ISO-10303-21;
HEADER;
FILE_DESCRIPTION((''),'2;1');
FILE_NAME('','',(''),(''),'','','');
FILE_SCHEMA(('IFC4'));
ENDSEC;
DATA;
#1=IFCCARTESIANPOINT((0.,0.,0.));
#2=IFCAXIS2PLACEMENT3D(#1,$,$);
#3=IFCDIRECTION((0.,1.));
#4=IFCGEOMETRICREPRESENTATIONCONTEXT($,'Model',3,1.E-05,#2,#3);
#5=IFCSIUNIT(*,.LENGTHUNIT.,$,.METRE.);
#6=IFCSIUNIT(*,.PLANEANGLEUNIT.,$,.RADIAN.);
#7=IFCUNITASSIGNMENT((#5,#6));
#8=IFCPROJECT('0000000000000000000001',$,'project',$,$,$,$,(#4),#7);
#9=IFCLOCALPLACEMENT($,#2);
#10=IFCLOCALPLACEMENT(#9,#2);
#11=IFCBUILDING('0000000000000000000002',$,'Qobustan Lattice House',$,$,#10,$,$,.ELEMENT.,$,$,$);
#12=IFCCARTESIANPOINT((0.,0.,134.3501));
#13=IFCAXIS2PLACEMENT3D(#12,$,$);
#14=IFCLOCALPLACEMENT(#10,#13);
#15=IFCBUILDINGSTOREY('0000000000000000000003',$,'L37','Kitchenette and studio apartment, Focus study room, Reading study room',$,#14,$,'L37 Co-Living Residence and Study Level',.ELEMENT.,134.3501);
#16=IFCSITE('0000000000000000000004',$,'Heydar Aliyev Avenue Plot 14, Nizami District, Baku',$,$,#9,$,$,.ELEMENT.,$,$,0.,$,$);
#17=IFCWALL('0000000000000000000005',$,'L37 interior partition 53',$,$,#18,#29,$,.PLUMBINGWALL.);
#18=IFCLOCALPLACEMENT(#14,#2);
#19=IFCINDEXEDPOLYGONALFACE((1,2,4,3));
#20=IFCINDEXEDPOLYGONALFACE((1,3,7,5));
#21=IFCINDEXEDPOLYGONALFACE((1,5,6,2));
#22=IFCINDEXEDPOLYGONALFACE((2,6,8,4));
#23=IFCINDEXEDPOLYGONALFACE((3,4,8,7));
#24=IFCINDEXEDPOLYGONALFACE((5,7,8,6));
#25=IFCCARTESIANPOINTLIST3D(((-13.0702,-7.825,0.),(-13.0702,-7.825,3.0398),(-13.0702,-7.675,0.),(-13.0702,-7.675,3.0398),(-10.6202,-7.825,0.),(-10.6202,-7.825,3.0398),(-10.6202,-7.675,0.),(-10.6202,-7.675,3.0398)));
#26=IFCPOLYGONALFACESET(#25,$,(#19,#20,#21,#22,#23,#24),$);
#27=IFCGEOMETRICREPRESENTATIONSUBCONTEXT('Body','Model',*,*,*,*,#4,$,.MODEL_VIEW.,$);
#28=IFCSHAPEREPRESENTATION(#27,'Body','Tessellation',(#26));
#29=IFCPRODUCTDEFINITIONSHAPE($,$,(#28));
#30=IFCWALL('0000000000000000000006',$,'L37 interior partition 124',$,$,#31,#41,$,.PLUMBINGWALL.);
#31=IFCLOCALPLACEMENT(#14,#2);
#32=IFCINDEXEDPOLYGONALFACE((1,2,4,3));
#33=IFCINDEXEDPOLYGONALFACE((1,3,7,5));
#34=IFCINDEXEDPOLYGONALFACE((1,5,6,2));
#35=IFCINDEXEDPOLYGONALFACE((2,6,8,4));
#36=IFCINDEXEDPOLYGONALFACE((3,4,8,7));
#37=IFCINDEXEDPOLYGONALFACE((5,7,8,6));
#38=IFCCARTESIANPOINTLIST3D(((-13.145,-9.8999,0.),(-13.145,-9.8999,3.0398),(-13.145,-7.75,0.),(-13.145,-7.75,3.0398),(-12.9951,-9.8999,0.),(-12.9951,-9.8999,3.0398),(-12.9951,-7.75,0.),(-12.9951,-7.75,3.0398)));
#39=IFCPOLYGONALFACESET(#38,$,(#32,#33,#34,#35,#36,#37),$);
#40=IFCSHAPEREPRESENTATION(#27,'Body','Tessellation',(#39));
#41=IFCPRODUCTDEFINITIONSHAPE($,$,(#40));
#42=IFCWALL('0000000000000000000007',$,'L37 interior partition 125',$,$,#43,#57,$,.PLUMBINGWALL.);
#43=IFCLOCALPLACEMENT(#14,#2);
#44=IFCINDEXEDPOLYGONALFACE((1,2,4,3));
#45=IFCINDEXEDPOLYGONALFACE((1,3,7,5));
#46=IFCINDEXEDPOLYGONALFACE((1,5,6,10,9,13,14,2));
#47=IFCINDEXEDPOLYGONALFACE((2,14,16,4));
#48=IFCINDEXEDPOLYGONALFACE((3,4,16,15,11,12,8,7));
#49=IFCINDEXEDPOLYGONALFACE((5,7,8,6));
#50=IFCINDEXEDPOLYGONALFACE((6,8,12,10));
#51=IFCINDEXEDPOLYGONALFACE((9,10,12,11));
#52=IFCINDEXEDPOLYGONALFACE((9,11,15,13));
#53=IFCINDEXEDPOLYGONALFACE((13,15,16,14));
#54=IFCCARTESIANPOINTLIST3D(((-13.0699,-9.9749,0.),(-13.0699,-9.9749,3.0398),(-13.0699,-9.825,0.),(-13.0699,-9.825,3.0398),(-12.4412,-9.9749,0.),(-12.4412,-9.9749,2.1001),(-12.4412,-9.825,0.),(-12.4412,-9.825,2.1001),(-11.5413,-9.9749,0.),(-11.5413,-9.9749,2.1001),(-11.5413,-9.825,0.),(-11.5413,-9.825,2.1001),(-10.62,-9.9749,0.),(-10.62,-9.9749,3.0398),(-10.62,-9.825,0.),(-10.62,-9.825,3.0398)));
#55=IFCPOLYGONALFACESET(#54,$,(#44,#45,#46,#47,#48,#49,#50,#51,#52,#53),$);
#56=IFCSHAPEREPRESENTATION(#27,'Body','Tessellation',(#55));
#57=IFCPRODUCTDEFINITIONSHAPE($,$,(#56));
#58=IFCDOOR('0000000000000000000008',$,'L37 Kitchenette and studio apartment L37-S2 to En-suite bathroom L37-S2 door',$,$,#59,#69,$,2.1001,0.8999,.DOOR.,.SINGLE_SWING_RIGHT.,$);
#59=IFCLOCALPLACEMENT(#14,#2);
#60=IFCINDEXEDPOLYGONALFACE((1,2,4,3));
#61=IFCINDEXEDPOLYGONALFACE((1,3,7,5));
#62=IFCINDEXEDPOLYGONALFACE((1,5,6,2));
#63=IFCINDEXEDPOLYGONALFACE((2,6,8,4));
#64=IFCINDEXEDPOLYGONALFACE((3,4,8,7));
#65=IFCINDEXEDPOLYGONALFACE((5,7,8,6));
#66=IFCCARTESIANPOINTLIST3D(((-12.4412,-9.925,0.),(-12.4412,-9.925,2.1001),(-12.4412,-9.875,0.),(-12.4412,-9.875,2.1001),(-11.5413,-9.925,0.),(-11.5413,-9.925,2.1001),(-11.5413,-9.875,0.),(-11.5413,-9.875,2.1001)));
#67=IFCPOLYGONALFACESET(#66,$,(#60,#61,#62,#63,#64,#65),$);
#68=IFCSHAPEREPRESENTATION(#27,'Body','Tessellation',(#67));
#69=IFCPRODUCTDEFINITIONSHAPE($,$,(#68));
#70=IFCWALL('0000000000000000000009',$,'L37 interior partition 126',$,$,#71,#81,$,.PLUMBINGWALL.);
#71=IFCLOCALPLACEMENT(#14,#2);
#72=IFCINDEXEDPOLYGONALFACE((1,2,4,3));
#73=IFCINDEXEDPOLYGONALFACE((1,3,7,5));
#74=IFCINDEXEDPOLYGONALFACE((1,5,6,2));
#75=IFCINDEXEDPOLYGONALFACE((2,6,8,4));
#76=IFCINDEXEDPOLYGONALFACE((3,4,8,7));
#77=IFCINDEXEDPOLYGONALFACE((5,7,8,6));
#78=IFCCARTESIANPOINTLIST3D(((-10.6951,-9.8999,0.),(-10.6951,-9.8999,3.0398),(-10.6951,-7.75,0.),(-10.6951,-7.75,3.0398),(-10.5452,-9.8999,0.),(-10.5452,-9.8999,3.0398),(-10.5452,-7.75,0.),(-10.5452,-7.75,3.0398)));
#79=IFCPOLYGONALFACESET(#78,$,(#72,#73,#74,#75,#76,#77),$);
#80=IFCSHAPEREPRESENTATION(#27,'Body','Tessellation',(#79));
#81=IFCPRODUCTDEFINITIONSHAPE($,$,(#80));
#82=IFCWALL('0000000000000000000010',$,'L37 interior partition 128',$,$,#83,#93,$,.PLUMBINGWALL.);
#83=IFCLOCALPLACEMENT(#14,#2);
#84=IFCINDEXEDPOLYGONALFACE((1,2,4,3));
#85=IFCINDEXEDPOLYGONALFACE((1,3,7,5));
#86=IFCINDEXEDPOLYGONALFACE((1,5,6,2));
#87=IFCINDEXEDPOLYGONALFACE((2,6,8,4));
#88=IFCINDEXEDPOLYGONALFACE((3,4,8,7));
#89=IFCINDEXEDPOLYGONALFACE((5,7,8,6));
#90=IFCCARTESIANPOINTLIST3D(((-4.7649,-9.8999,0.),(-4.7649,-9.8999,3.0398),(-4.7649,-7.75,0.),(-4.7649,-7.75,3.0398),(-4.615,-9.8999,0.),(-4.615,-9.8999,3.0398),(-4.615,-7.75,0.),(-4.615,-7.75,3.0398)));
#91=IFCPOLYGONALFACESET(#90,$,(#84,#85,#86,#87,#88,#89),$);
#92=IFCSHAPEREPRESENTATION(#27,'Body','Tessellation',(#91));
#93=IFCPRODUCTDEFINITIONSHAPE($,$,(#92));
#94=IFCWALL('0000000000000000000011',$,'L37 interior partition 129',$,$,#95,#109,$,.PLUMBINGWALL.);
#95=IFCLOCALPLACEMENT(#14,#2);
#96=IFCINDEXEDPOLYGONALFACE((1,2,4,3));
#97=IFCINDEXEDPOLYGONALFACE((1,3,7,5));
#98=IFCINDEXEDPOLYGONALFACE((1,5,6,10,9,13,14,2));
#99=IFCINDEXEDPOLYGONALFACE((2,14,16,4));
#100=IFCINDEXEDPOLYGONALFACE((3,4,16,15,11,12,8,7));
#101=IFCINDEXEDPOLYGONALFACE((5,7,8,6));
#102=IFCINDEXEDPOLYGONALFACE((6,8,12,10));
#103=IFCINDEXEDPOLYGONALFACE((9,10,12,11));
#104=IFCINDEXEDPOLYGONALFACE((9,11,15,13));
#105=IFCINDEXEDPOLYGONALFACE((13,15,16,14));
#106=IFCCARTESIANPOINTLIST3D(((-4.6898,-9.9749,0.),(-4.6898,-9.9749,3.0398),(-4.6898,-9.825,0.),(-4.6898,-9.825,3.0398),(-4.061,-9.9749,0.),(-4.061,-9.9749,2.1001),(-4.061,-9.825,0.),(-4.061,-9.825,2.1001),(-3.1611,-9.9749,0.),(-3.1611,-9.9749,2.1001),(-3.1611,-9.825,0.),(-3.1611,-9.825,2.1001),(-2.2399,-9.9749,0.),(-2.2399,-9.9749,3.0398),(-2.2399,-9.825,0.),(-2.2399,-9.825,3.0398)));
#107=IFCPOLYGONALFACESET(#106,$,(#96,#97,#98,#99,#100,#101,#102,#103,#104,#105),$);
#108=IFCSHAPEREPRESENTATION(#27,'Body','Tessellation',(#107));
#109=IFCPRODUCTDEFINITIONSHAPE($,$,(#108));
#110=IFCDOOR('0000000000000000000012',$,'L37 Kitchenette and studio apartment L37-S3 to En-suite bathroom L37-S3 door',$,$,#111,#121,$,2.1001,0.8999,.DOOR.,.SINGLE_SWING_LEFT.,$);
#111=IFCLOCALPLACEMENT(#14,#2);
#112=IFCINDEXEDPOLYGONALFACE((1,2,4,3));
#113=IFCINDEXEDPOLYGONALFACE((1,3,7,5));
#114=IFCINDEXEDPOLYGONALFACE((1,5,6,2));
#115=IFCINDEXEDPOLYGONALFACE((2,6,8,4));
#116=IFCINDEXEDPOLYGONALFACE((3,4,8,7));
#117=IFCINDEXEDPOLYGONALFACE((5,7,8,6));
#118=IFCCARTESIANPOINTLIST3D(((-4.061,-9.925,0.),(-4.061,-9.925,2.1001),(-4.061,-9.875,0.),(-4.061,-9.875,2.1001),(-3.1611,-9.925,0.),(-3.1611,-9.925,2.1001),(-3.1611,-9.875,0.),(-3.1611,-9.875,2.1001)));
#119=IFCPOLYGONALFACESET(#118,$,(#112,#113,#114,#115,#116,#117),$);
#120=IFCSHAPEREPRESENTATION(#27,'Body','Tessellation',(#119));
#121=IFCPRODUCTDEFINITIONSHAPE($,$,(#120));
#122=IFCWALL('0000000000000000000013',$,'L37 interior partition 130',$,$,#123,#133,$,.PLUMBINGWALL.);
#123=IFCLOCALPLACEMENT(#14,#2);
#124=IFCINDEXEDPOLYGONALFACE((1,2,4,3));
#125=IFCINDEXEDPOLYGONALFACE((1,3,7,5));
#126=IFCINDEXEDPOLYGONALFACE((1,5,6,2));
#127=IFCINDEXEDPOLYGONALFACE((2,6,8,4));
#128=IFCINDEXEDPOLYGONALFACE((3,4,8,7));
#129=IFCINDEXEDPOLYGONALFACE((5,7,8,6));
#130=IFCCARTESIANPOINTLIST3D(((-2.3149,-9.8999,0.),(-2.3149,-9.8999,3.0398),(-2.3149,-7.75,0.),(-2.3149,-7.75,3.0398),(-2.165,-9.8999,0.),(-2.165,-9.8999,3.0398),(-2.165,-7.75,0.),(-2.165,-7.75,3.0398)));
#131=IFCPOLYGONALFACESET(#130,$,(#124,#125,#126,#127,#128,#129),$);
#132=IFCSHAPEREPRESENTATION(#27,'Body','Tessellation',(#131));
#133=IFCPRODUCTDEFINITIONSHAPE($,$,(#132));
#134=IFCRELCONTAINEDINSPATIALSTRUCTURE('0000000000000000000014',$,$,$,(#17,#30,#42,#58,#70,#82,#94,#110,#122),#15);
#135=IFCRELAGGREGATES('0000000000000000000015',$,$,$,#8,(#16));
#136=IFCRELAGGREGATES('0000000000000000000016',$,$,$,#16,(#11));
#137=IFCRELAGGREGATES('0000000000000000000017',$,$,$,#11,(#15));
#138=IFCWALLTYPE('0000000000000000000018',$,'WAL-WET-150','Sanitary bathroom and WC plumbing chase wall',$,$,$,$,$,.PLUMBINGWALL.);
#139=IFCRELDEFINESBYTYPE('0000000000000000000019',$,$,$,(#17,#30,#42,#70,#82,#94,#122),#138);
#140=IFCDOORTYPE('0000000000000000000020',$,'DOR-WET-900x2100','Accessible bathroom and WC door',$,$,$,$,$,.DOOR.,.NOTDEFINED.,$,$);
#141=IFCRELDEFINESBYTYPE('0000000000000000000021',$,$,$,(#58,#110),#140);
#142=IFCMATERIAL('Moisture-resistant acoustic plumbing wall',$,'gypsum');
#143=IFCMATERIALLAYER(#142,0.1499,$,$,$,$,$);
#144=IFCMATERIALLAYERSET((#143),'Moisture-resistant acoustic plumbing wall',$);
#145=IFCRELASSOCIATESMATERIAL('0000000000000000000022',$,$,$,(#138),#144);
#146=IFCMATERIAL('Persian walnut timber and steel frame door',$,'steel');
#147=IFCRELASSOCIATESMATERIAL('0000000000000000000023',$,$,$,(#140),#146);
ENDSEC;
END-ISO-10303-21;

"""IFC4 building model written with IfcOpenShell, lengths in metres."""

from ifc_helpers import new_model, si_unit, direction, frame, frame_2d, origin, place, context, subcontext, project, spatial, rectangle, extrude, material, layer, layer_set, type_object, element, fill, save


model = new_model("IFC4")

# Units and contexts
model_context = context("Model", 3, precision=1e-05, world=origin(), true_north=direction((0.0, 1.0)))
body_context = subcontext(model_context, "Body", "Model", "MODEL_VIEW")
ifc_project = project(units=[si_unit("LENGTHUNIT", "METRE"), si_unit("PLANEANGLEUNIT", "RADIAN")], contexts=[model_context])

# Site, building, storey
site_placement = place(None, origin())
site = spatial("IfcSite", under=ifc_project, at=site_placement, Name="Heydar Aliyev Avenue Plot 14, Nizami District, Baku", CompositionType="ELEMENT", RefElevation=0.0)
building_placement = place(site_placement, origin())
building = spatial("IfcBuilding", under=site, at=building_placement, Name="Qobustan Lattice House", CompositionType="ELEMENT")
storey_placement = place(building_placement, frame((0.0, 0.0, 134.3501)))
storey = spatial("IfcBuildingStorey", under=building, at=storey_placement, Name="L37", Description="Kitchenette and studio apartment, Focus study room, Reading study room", LongName="L37 Co-Living Residence and Study Level", CompositionType="ELEMENT", Elevation=134.3501)

# Walls
ifc_material_1 = material(Name="Moisture-resistant acoustic plumbing wall", Category="gypsum")
ifc_layer_1 = layer(ifc_material_1, 0.1499)
ifc_layer_set_1 = layer_set([ifc_layer_1], Name="Moisture-resistant acoustic plumbing wall")
wall_type_1 = type_object("IfcWallType", Name="WAL-WET-150", Description="Sanitary bathroom and WC plumbing chase wall", PredefinedType="PLUMBINGWALL", material=ifc_layer_set_1)
wall_1_placement = place(storey_placement, frame((-10.6201, -7.75, 0.0), z_axis=(0.0, 0.0, 1.0), x_axis=(-1.0, 0.0, 0.0)))
element("IfcWall", 1, at=wall_1_placement, inside=storey, type_object=wall_type_1, Name="L37 interior partition 53", PredefinedType="PLUMBINGWALL", context=body_context, shape_type="SweptSolid", body=[
    extrude(rectangle(XDim=2.45, YDim=0.1499, at=frame_2d((1.2251, 0.0))), origin(), (0.0, 0.0, 1.0), 3.0398),
])
wall_2_placement = place(storey_placement, frame((-13.0701, -7.75, 0.0), z_axis=(0.0, 0.0, 1.0), x_axis=(0.0, -1.0, 0.0)))
element("IfcWall", 2, at=wall_2_placement, inside=storey, type_object=wall_type_1, Name="L37 interior partition 124", PredefinedType="PLUMBINGWALL", context=body_context, shape_type="SweptSolid", body=[
    extrude(rectangle(XDim=2.1499, YDim=0.1499, at=frame_2d((1.075, 0.0))), origin(), (0.0, 0.0, 1.0), 3.0398),
])

# Wall, opening, door
wall_3_placement = place(storey_placement, frame((-13.0701, -9.8999, 0.0), z_axis=(0.0, 0.0, 1.0), x_axis=(1.0, 0.0, 0.0)))
wall_3 = element("IfcWall", 3, at=wall_3_placement, inside=storey, type_object=wall_type_1, Name="L37 interior partition 125", PredefinedType="PLUMBINGWALL", context=body_context, shape_type="SweptSolid", body=[
    extrude(rectangle(XDim=2.45, YDim=0.1499, at=frame_2d((1.2251, 0.0))), origin(), (0.0, 0.0, 1.0), 3.0398),
])
opening_1_placement = place(wall_3_placement, frame((0.6289, 0.0, 0.0)))
opening_1 = element("IfcOpeningElement", 4, at=opening_1_placement, cuts=wall_3, PredefinedType="OPENING", context=body_context, shape_type="SweptSolid", body=[
    extrude(rectangle(XDim=0.8999, YDim=2.1001, at=frame_2d((0.45, 1.05))), frame((0.0, 0.085, 0.0), z_axis=(0.0, -1.0, 0.0), x_axis=(1.0, 0.0, 0.0)), (0.0, 0.0, 1.0), 0.1699),
])
ifc_material_2 = material(Name="Persian walnut timber and steel frame door", Category="steel")
door_type_1 = type_object("IfcDoorType", Name="DOR-WET-900x2100", Description="Accessible bathroom and WC door", OperationType="NOTDEFINED", PredefinedType="DOOR", material=ifc_material_2)
door_1_placement = place(opening_1_placement, origin())
door_1 = element("IfcDoor", 5, at=door_1_placement, inside=storey, type_object=door_type_1, Name="L37 Kitchenette and studio apartment L37-S2 to En-suite bathroom L37-S2 door", OperationType="SINGLE_SWING_RIGHT", OverallHeight=2.1001, OverallWidth=0.8999, PredefinedType="DOOR", context=body_context, shape_type="SweptSolid", body=[
    extrude(rectangle(XDim=0.8999, YDim=2.1001, at=frame_2d((0.45, 1.05))), frame((0.0, 0.0249, 0.0), z_axis=(0.0, -1.0, 0.0), x_axis=(1.0, 0.0, 0.0)), (0.0, 0.0, 1.0), 0.05),
])
fill(opening_1, door_1)

# Walls
for number, where, z_axis, x_axis, name in (
    (6, (-10.6201, -9.8999, 0.0), (0.0, 0.0, 1.0), (0.0, 1.0, 0.0), "L37 interior partition 126"),
    (7, (-4.6899, -7.75, 0.0), (0.0, 0.0, 1.0), (0.0, -1.0, 0.0), "L37 interior partition 128"),
):
    element("IfcWall", number, at=place(storey_placement, frame(where, z_axis=z_axis, x_axis=x_axis)), inside=storey, type_object=wall_type_1, Name=name, PredefinedType="PLUMBINGWALL", context=body_context, shape_type="SweptSolid", body=[
        extrude(rectangle(XDim=2.1499, YDim=0.1499, at=frame_2d((1.075, 0.0))), origin(), (0.0, 0.0, 1.0), 3.0398),
    ])

# Wall, opening, door
wall_4_placement = place(storey_placement, frame((-4.6899, -9.8999, 0.0), z_axis=(0.0, 0.0, 1.0), x_axis=(1.0, 0.0, 0.0)))
wall_4 = element("IfcWall", 8, at=wall_4_placement, inside=storey, type_object=wall_type_1, Name="L37 interior partition 129", PredefinedType="PLUMBINGWALL", context=body_context, shape_type="SweptSolid", body=[
    extrude(rectangle(XDim=2.45, YDim=0.1499, at=frame_2d((1.2251, 0.0))), origin(), (0.0, 0.0, 1.0), 3.0398),
])
opening_2_placement = place(wall_4_placement, frame((0.6289, 0.0, 0.0)))
opening_2 = element("IfcOpeningElement", 9, at=opening_2_placement, cuts=wall_4, PredefinedType="OPENING", context=body_context, shape_type="SweptSolid", body=[
    extrude(rectangle(XDim=0.8999, YDim=2.1001, at=frame_2d((0.45, 1.05))), frame((0.0, 0.085, 0.0), z_axis=(0.0, -1.0, 0.0), x_axis=(1.0, 0.0, 0.0)), (0.0, 0.0, 1.0), 0.1699),
])
door_2_placement = place(opening_2_placement, origin())
door_2 = element("IfcDoor", 10, at=door_2_placement, inside=storey, type_object=door_type_1, Name="L37 Kitchenette and studio apartment L37-S3 to En-suite bathroom L37-S3 door", OperationType="SINGLE_SWING_LEFT", OverallHeight=2.1001, OverallWidth=0.8999, PredefinedType="DOOR", context=body_context, shape_type="SweptSolid", body=[
    extrude(rectangle(XDim=0.8999, YDim=2.1001, at=frame_2d((0.45, 1.05))), frame((0.0, 0.0249, 0.0), z_axis=(0.0, -1.0, 0.0), x_axis=(1.0, 0.0, 0.0)), (0.0, 0.0, 1.0), 0.05),
])
fill(opening_2, door_2)

# Wall
wall_5_placement = place(storey_placement, frame((-2.24, -9.8999, 0.0), z_axis=(0.0, 0.0, 1.0), x_axis=(0.0, 1.0, 0.0)))
element("IfcWall", 11, at=wall_5_placement, inside=storey, type_object=wall_type_1, Name="L37 interior partition 130", PredefinedType="PLUMBINGWALL", context=body_context, shape_type="SweptSolid", body=[
    extrude(rectangle(XDim=2.1499, YDim=0.1499, at=frame_2d((1.075, 0.0))), origin(), (0.0, 0.0, 1.0), 3.0398),
])

save(model, "model.ifc")
